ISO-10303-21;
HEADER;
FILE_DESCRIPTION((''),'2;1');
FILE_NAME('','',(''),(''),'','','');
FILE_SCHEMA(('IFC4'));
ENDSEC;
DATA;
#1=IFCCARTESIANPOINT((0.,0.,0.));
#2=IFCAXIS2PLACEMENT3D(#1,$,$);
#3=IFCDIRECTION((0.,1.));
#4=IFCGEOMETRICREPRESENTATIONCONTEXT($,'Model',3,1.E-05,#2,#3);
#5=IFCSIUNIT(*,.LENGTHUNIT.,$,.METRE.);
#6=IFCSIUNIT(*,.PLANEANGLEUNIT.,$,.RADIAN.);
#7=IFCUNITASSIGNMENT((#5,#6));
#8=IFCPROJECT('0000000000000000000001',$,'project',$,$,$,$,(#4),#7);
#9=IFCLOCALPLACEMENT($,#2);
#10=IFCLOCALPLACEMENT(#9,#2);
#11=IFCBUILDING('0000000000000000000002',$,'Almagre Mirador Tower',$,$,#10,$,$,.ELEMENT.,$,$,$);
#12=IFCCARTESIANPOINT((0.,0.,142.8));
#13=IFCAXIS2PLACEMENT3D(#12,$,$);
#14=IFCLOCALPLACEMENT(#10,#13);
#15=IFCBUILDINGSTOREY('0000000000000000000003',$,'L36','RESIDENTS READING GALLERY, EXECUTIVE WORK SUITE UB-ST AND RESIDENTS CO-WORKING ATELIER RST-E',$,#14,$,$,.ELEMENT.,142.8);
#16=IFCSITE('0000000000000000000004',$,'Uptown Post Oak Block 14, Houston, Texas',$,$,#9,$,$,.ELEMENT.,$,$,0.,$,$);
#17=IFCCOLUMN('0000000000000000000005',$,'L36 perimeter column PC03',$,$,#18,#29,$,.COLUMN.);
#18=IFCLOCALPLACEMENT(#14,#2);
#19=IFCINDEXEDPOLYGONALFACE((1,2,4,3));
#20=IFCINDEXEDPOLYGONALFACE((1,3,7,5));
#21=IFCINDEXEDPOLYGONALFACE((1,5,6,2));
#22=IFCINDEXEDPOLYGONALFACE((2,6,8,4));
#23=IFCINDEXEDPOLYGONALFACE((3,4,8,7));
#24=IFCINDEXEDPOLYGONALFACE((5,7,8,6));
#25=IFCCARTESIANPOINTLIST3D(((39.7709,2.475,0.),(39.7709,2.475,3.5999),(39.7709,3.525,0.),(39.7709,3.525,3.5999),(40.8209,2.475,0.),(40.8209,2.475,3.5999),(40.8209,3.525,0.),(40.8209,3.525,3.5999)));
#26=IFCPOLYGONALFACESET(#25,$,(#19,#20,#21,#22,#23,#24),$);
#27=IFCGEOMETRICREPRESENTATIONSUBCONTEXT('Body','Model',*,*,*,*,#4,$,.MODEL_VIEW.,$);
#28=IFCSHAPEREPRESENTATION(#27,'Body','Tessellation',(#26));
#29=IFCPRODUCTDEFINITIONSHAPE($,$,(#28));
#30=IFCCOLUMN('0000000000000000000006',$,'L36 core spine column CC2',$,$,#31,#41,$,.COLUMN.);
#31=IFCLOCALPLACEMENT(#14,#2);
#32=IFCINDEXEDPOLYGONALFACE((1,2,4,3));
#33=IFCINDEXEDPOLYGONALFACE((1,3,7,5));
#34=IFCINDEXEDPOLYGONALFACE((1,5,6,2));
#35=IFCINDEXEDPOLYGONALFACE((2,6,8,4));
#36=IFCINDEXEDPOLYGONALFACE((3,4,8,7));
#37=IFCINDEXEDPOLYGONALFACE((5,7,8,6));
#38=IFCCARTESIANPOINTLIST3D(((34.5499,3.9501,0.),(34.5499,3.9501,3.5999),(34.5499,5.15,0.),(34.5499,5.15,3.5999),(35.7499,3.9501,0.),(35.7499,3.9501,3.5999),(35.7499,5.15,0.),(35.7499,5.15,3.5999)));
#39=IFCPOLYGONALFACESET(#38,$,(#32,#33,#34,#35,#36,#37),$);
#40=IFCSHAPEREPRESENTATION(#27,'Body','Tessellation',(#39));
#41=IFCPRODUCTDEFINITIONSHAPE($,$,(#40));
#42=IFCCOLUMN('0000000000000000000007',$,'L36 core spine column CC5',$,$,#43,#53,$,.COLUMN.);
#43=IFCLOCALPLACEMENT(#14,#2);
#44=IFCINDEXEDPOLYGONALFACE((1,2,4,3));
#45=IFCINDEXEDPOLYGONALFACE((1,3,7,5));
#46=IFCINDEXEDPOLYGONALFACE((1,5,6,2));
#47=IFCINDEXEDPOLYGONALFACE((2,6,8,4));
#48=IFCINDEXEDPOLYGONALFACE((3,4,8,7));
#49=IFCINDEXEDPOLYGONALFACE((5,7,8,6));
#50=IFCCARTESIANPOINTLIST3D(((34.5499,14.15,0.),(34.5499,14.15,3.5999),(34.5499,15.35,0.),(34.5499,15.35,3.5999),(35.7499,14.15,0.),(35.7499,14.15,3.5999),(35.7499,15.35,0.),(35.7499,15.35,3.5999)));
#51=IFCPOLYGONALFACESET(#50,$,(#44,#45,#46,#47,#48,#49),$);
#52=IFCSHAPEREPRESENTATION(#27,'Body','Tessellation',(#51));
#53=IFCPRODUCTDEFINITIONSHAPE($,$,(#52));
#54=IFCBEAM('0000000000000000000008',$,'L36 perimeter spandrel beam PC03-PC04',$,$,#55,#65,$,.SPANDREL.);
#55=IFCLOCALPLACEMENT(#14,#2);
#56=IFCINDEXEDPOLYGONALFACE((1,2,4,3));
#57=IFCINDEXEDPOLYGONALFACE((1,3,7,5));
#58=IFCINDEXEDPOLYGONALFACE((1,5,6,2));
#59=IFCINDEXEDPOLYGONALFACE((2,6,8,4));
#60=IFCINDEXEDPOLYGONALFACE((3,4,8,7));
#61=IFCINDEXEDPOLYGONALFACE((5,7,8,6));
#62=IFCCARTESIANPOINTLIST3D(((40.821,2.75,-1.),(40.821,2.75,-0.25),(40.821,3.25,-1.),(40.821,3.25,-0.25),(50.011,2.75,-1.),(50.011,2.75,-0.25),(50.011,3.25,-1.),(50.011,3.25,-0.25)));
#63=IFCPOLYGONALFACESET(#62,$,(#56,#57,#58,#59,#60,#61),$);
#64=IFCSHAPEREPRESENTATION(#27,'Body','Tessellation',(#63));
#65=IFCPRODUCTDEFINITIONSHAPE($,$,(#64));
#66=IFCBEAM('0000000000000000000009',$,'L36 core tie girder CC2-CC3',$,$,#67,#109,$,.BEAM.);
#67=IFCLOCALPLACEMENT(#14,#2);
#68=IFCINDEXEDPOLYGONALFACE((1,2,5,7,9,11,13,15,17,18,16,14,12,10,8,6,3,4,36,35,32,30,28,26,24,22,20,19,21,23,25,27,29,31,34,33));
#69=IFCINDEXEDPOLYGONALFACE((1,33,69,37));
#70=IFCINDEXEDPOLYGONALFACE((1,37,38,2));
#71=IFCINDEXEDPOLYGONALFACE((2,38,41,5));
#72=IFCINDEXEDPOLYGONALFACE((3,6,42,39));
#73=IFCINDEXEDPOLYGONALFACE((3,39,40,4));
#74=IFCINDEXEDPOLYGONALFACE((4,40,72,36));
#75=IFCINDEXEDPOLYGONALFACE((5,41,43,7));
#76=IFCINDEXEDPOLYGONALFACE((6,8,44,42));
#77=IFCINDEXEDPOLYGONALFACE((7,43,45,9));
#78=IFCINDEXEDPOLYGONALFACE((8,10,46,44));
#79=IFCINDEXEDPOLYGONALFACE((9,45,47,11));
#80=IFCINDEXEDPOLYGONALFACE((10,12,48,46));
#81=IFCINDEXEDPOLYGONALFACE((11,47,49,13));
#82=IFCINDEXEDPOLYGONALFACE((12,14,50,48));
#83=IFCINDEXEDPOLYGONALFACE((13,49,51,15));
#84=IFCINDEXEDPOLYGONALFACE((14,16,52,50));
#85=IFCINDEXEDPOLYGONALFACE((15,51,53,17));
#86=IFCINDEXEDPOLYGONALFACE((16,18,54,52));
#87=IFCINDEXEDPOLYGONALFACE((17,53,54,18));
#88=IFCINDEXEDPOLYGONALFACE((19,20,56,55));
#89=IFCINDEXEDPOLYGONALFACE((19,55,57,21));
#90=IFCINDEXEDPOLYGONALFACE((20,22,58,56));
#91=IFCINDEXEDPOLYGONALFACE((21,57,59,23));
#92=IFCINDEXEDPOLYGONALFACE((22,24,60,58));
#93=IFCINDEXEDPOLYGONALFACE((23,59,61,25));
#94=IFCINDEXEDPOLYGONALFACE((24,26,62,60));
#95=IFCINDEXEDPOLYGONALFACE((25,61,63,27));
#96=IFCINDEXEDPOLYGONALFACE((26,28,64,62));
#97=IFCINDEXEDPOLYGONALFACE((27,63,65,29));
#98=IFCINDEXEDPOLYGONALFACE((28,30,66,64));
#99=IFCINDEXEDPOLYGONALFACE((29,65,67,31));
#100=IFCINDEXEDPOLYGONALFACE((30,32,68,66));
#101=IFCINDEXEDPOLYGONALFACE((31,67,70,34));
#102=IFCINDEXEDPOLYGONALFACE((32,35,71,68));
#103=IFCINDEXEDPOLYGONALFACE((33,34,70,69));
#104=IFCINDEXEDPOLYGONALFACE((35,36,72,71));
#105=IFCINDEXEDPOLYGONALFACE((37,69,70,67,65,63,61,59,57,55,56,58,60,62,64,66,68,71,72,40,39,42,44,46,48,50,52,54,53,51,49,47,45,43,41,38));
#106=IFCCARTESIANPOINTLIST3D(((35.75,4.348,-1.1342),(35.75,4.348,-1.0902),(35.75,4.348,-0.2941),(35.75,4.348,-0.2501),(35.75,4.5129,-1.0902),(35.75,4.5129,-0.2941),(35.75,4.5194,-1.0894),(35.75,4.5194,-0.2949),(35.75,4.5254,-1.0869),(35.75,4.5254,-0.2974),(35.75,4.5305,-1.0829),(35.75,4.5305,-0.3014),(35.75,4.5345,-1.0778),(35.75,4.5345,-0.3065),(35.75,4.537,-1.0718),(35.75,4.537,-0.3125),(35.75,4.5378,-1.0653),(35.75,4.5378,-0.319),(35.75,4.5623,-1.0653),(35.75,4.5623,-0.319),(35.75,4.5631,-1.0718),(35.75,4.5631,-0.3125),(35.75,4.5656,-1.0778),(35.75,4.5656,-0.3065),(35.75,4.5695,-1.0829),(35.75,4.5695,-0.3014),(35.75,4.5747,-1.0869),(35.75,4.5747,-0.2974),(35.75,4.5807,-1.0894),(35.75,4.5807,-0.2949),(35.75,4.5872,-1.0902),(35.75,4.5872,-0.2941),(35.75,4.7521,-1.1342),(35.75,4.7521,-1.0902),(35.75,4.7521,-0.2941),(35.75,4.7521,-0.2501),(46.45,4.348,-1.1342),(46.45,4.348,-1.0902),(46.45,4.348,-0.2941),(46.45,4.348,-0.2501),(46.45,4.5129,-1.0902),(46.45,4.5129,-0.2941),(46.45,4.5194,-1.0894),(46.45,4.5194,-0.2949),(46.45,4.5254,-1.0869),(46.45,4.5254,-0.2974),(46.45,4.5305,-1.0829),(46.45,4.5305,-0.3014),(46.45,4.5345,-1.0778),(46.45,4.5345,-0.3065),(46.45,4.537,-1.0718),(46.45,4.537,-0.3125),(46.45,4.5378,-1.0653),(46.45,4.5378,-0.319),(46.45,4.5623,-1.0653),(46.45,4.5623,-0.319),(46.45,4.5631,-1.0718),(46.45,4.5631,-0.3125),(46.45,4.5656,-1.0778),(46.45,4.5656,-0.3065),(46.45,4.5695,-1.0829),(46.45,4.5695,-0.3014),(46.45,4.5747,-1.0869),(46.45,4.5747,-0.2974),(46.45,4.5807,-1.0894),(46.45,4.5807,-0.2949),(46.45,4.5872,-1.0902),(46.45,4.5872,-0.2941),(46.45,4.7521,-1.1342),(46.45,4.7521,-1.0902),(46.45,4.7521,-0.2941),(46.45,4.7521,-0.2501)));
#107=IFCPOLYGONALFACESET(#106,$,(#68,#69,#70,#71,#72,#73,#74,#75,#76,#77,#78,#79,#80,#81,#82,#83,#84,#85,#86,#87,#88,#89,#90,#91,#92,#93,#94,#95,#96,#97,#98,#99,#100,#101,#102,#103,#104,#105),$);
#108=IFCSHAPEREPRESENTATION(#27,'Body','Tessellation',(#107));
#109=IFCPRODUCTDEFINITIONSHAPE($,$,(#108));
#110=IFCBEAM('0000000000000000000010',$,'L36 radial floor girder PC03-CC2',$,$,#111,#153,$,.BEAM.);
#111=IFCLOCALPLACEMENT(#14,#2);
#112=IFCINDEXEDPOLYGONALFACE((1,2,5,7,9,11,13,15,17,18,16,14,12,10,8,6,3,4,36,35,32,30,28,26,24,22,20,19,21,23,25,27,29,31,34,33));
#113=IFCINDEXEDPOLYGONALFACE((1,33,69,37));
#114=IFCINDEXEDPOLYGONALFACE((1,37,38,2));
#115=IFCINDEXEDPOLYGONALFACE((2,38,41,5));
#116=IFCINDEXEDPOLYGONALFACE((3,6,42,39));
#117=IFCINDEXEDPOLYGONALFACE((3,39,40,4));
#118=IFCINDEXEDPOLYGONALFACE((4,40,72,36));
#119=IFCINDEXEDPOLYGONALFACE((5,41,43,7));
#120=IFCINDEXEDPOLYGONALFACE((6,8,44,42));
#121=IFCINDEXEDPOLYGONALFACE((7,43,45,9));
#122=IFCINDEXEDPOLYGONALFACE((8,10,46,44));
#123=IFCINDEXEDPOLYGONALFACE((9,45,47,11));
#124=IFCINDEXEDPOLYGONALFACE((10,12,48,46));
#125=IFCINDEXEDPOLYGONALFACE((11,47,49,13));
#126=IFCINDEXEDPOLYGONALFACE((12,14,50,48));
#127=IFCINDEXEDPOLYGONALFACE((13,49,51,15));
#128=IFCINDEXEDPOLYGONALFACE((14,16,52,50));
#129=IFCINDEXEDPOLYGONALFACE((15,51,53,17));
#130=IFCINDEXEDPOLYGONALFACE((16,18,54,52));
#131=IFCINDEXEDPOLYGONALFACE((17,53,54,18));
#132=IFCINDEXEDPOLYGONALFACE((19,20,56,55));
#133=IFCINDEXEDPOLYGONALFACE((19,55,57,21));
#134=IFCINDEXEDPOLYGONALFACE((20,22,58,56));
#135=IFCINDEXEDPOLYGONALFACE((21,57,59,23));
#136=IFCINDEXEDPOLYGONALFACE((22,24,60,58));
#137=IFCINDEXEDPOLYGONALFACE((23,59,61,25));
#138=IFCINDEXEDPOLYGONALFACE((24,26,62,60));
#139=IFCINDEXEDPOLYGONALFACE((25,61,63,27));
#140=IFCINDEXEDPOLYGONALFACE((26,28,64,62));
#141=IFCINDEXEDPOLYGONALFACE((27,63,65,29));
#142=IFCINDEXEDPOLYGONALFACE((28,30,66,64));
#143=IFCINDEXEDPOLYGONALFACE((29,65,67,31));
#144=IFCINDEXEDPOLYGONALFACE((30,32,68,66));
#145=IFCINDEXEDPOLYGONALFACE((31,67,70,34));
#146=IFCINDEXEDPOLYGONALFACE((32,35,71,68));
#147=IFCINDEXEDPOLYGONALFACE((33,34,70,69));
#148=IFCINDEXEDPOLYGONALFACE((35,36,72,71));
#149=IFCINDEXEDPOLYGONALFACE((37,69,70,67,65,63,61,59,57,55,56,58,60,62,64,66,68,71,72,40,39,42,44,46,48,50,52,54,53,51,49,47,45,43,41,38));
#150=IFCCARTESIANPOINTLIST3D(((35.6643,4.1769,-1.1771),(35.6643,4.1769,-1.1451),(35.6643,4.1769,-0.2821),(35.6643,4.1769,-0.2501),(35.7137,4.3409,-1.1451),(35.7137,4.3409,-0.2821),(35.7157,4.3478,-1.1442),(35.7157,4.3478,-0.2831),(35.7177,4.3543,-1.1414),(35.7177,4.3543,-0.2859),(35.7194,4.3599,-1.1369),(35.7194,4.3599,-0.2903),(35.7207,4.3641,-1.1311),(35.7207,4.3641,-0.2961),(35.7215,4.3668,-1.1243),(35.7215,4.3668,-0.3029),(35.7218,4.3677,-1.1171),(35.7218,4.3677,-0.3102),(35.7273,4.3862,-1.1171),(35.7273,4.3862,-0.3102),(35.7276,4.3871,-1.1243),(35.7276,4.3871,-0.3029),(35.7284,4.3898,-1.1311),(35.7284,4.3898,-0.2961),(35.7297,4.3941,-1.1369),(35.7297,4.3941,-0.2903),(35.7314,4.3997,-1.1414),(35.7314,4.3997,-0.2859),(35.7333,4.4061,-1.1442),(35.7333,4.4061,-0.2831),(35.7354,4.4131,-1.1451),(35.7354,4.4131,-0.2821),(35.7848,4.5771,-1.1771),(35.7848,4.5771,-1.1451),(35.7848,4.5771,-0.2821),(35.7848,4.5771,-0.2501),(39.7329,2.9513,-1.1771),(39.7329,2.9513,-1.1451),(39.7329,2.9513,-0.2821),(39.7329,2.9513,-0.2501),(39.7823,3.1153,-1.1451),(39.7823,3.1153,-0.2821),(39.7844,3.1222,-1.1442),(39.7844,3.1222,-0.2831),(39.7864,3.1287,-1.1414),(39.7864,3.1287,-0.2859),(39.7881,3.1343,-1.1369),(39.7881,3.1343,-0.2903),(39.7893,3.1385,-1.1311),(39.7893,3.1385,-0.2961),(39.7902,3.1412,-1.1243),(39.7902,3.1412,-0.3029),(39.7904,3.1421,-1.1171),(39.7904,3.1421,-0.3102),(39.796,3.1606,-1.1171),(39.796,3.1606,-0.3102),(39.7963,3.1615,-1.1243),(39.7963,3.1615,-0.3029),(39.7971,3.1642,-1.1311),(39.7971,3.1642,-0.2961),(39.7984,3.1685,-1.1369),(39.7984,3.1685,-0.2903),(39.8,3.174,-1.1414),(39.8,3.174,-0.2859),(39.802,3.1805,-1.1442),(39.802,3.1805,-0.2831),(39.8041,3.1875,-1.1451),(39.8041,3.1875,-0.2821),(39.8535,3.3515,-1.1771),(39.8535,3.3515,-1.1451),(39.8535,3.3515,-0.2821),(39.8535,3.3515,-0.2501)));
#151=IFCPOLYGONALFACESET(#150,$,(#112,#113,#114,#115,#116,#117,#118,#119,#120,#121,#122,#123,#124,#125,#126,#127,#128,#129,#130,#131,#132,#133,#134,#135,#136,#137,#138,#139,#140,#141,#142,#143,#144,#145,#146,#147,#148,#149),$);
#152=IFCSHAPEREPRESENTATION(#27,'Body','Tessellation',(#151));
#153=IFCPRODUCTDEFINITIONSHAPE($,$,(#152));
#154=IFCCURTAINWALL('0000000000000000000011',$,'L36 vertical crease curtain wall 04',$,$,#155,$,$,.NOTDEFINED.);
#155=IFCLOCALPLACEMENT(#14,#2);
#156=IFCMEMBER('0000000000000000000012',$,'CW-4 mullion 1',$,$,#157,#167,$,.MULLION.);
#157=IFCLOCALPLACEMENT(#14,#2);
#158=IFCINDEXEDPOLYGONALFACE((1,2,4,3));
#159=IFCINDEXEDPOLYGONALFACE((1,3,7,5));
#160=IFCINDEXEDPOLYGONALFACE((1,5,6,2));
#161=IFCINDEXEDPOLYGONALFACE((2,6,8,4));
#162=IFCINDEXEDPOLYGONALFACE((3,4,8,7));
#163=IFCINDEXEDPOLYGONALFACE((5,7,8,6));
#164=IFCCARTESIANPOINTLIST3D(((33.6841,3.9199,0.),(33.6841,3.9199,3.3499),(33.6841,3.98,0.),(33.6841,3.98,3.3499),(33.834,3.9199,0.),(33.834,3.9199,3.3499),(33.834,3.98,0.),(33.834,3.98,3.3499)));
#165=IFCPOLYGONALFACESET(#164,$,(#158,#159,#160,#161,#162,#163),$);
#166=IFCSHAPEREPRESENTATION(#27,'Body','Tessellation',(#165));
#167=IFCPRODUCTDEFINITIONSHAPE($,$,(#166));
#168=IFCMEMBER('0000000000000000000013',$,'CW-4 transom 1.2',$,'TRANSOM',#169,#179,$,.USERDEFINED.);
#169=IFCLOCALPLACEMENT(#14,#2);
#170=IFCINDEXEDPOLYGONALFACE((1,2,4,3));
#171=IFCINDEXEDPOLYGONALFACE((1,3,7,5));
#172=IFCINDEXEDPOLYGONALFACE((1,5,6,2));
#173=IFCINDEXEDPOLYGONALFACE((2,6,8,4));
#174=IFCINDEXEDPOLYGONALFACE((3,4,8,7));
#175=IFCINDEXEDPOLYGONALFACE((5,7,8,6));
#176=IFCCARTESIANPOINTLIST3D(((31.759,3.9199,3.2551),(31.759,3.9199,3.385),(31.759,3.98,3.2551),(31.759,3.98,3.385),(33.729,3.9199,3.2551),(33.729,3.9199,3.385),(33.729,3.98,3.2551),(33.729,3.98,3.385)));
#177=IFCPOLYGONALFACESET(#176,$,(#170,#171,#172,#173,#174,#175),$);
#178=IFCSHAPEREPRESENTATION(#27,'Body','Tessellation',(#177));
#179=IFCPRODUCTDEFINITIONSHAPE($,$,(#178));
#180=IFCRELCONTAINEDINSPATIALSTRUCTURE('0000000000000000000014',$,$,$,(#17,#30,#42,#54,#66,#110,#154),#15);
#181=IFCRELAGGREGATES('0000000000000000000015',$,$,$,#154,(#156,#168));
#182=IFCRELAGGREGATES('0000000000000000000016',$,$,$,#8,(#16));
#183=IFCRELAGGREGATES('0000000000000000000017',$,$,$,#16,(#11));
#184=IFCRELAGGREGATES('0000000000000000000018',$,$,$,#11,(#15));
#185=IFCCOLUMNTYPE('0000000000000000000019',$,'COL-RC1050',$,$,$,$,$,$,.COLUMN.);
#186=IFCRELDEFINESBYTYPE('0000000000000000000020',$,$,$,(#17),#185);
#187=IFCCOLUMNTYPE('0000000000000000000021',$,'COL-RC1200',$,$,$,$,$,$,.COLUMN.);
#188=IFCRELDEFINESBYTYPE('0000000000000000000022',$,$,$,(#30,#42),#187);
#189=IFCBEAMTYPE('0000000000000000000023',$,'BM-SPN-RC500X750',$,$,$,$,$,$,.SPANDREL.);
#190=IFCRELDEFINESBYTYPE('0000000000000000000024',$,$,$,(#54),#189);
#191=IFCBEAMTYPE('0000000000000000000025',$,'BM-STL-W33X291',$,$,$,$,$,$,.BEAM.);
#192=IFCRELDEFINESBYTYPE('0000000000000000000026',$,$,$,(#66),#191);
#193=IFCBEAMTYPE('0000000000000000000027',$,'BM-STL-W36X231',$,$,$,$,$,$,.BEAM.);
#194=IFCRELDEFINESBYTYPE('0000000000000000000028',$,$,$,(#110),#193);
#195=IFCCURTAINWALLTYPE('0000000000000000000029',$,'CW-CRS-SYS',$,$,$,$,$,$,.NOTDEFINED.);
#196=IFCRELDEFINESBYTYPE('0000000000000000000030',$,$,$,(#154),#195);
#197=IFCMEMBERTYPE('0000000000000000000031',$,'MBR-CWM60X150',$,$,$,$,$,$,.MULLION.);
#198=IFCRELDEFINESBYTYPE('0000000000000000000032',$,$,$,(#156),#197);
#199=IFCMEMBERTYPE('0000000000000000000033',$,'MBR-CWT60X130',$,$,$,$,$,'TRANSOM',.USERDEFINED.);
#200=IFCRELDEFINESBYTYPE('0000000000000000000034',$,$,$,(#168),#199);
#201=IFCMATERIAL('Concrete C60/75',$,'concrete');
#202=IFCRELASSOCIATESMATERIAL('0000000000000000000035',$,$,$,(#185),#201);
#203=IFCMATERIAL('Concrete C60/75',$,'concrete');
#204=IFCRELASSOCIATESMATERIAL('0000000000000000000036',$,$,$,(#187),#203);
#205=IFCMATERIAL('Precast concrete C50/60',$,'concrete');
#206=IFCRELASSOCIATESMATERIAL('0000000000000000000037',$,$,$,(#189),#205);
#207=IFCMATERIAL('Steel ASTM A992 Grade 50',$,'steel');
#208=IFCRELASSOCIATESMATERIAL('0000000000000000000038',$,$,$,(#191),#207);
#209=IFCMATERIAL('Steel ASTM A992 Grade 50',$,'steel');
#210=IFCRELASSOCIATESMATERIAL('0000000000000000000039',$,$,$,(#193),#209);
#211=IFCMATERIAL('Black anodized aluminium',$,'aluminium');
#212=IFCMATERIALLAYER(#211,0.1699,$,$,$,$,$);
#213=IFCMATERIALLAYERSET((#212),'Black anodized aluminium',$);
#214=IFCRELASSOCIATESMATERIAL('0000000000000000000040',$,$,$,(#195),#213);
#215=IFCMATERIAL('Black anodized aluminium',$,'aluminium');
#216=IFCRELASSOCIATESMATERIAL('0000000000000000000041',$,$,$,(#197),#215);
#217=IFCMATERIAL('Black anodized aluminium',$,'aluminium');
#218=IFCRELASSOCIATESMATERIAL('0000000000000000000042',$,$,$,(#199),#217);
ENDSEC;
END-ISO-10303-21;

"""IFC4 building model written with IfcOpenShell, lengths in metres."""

from ifc_helpers import new_model, si_unit, direction, frame, origin, origin_2d, place, context, subcontext, project, spatial, rectangle, i_section, extrude, material, layer, layer_set, material_profile, profile_set, type_object, element, aggregate, save


model = new_model("IFC4")

# Units and contexts
model_context = context("Model", 3, precision=1e-05, world=origin(), true_north=direction((0.0, 1.0)))
body_context = subcontext(model_context, "Body", "Model", "MODEL_VIEW")
ifc_project = project(units=[si_unit("LENGTHUNIT", "METRE"), si_unit("PLANEANGLEUNIT", "RADIAN")], contexts=[model_context])

# Site, building, storey
site_placement = place(None, origin())
site = spatial("IfcSite", under=ifc_project, at=site_placement, Name="Uptown Post Oak Block 14, Houston, Texas", CompositionType="ELEMENT", RefElevation=0.0)
building_placement = place(site_placement, origin())
building = spatial("IfcBuilding", under=site, at=building_placement, Name="Almagre Mirador Tower", CompositionType="ELEMENT")
storey_placement = place(building_placement, frame((0.0, 0.0, 142.8)))
storey = spatial("IfcBuildingStorey", under=building, at=storey_placement, Name="L36", Description="RESIDENTS READING GALLERY, EXECUTIVE WORK SUITE UB-ST AND RESIDENTS CO-WORKING ATELIER RST-E", CompositionType="ELEMENT", Elevation=142.8)

# Columns
ifc_material_1 = material(Name="Concrete C60/75", Category="concrete")
ifc_material_profile_1 = material_profile(ifc_material_1, rectangle(XDim=1.05, YDim=1.05, at=origin_2d()), Name="RC1050X1050")
ifc_profile_set_1 = profile_set([ifc_material_profile_1], Name="Concrete C60/75")
column_type_1 = type_object("IfcColumnType", Name="COL-RC1050", PredefinedType="COLUMN", material=ifc_profile_set_1)
column_placement = place(storey_placement, frame((40.2959, 3.0, 0.0), z_axis=(0.0, 0.0, 1.0), x_axis=(1.0, 0.0, 0.0)))
element("IfcColumn", 1, at=column_placement, inside=storey, type_object=column_type_1, Name="L36 perimeter column PC03", PredefinedType="COLUMN", context=body_context, shape_type="SweptSolid", body=[
    extrude(rectangle(XDim=1.05, YDim=1.05, at=origin_2d()), origin(), (0.0, 0.0, 1.0), 3.5999),
])
ifc_material_2 = material(Name="Concrete C60/75", Category="concrete")
ifc_material_profile_2 = material_profile(ifc_material_2, rectangle(XDim=1.2, YDim=1.2, at=origin_2d()), Name="RC1200X1200")
ifc_profile_set_2 = profile_set([ifc_material_profile_2], Name="Concrete C60/75")
column_type_2 = type_object("IfcColumnType", Name="COL-RC1200", PredefinedType="COLUMN", material=ifc_profile_set_2)
for number, where, z_axis, x_axis, name in (
    (2, (35.1499, 4.55, 0.0), (0.0, 0.0, 1.0), (1.0, 0.0, 0.0), "L36 core spine column CC2"),
    (3, (35.1499, 14.75, 0.0), (0.0, 0.0, 1.0), (1.0, 0.0, 0.0), "L36 core spine column CC5"),
):
    element("IfcColumn", number, at=place(storey_placement, frame(where, z_axis=z_axis, x_axis=x_axis)), inside=storey, type_object=column_type_2, Name=name, PredefinedType="COLUMN", context=body_context, shape_type="SweptSolid", body=[
        extrude(rectangle(XDim=1.2, YDim=1.2, at=origin_2d()), origin(), (0.0, 0.0, 1.0), 3.5999),
    ])

# Beams
ifc_material_3 = material(Name="Precast concrete C50/60", Category="concrete")
ifc_material_profile_3 = material_profile(ifc_material_3, rectangle(XDim=0.5, YDim=0.75, at=origin_2d()), Name="RC500X750")
ifc_profile_set_3 = profile_set([ifc_material_profile_3], Name="Precast concrete C50/60")
beam_type_1 = type_object("IfcBeamType", Name="BM-SPN-RC500X750", PredefinedType="SPANDREL", material=ifc_profile_set_3)
beam_1_placement = place(storey_placement, frame((40.821, 3.0, -0.625), z_axis=(1.0, 0.0, 0.0), x_axis=(0.0, 1.0, 0.0)))
element("IfcBeam", 4, at=beam_1_placement, inside=storey, type_object=beam_type_1, Name="L36 perimeter spandrel beam PC03-PC04", PredefinedType="SPANDREL", context=body_context, shape_type="SweptSolid", body=[
    extrude(rectangle(XDim=0.5, YDim=0.75, at=origin_2d()), origin(), (0.0, 0.0, 1.0), 9.1899),
])
ifc_material_4 = material(Name="Steel ASTM A992 Grade 50", Category="steel")
ifc_material_profile_4 = material_profile(ifc_material_4, i_section(OverallWidth=0.4041, OverallDepth=0.884, WebThickness=0.0244, FlangeThickness=0.0439, FilletRadius=0.0249, at=origin_2d()), Name="W33X291")
ifc_profile_set_4 = profile_set([ifc_material_profile_4], Name="Steel ASTM A992 Grade 50")
beam_type_2 = type_object("IfcBeamType", Name="BM-STL-W33X291", PredefinedType="BEAM", material=ifc_profile_set_4)
beam_2_placement = place(storey_placement, frame((35.75, 4.55, -0.6921), z_axis=(1.0, 0.0, 0.0), x_axis=(0.0, 1.0, 0.0)))
element("IfcBeam", 5, at=beam_2_placement, inside=storey, type_object=beam_type_2, Name="L36 core tie girder CC2-CC3", PredefinedType="BEAM", context=body_context, shape_type="SweptSolid", body=[
    extrude(i_section(OverallWidth=0.4041, OverallDepth=0.884, WebThickness=0.0244, FlangeThickness=0.0439, FilletRadius=0.0249, at=origin_2d()), origin(), (0.0, 0.0, 1.0), 10.7),
])
ifc_material_5 = material(Name="Steel ASTM A992 Grade 50", Category="steel")
ifc_material_profile_5 = material_profile(ifc_material_5, i_section(OverallWidth=0.418, OverallDepth=0.927, WebThickness=0.0193, FlangeThickness=0.032, FilletRadius=0.0281, at=origin_2d()), Name="W36X231")
ifc_profile_set_5 = profile_set([ifc_material_profile_5], Name="Steel ASTM A992 Grade 50")
beam_type_3 = type_object("IfcBeamType", Name="BM-STL-W36X231", PredefinedType="BEAM", material=ifc_profile_set_5)
beam_3_placement = place(storey_placement, frame((39.7932, 3.1514, -0.7136), z_axis=(-0.957501, 0.288428, 0.0), x_axis=(-0.288428, -0.957501, 0.0)))
element("IfcBeam", 6, at=beam_3_placement, inside=storey, type_object=beam_type_3, Name="L36 radial floor girder PC03-CC2", PredefinedType="BEAM", context=body_context, shape_type="SweptSolid", body=[
    extrude(i_section(OverallWidth=0.418, OverallDepth=0.927, WebThickness=0.0193, FlangeThickness=0.032, FilletRadius=0.0281, at=origin_2d()), origin(), (0.0, 0.0, 1.0), 4.2493),
])

# Curtain wall, members
ifc_material_6 = material(Name="Black anodized aluminium", Category="aluminium")
ifc_layer_1 = layer(ifc_material_6, 0.1699)
ifc_layer_set_1 = layer_set([ifc_layer_1], Name="Black anodized aluminium")
curtain_wall_type = type_object("IfcCurtainWallType", Name="CW-CRS-SYS", PredefinedType="NOTDEFINED", material=ifc_layer_set_1)
curtain_wall_placement = place(storey_placement, origin())
curtain_wall = element("IfcCurtainWall", 7, at=curtain_wall_placement, inside=storey, type_object=curtain_wall_type, Name="L36 vertical crease curtain wall 04", PredefinedType="NOTDEFINED")
ifc_material_7 = material(Name="Black anodized aluminium", Category="aluminium")
ifc_material_profile_6 = material_profile(ifc_material_7, rectangle(XDim=0.0601, YDim=0.1499, at=origin_2d()), Name="CWM60X150")
ifc_profile_set_6 = profile_set([ifc_material_profile_6], Name="Black anodized aluminium")
member_type_1 = type_object("IfcMemberType", Name="MBR-CWM60X150", PredefinedType="MULLION", material=ifc_profile_set_6)
member_1_placement = place(storey_placement, frame((33.759, 3.95, 0.0), z_axis=(0.0, 0.0, 1.0), x_axis=(0.0, -1.0, 0.0)))
member_1 = element("IfcMember", 8, at=member_1_placement, type_object=member_type_1, Name="CW-4 mullion 1", PredefinedType="MULLION", context=body_context, shape_type="SweptSolid", body=[
    extrude(rectangle(XDim=0.0601, YDim=0.1499, at=origin_2d()), origin(), (0.0, 0.0, 1.0), 3.3499),
])
ifc_material_8 = material(Name="Black anodized aluminium", Category="aluminium")
ifc_material_profile_7 = material_profile(ifc_material_8, rectangle(XDim=0.0601, YDim=0.1299, at=origin_2d()), Name="CWT60X130")
ifc_profile_set_7 = profile_set([ifc_material_profile_7], Name="Black anodized aluminium")
member_type_2 = type_object("IfcMemberType", Name="MBR-CWT60X130", ElementType="TRANSOM", PredefinedType="USERDEFINED", material=ifc_profile_set_7)
member_2_placement = place(storey_placement, frame((33.729, 3.95, 3.3201), z_axis=(-1.0, 0.0, 0.0), x_axis=(0.0, -1.0, 0.0)))
member_2 = element("IfcMember", 9, at=member_2_placement, type_object=member_type_2, Name="CW-4 transom 1.2", ObjectType="TRANSOM", PredefinedType="USERDEFINED", context=body_context, shape_type="SweptSolid", body=[
    extrude(rectangle(XDim=0.0601, YDim=0.1299, at=origin_2d()), origin(), (0.0, 0.0, 1.0), 1.97),
])
aggregate(curtain_wall, [member_1, member_2])

save(model, "model.ifc")
